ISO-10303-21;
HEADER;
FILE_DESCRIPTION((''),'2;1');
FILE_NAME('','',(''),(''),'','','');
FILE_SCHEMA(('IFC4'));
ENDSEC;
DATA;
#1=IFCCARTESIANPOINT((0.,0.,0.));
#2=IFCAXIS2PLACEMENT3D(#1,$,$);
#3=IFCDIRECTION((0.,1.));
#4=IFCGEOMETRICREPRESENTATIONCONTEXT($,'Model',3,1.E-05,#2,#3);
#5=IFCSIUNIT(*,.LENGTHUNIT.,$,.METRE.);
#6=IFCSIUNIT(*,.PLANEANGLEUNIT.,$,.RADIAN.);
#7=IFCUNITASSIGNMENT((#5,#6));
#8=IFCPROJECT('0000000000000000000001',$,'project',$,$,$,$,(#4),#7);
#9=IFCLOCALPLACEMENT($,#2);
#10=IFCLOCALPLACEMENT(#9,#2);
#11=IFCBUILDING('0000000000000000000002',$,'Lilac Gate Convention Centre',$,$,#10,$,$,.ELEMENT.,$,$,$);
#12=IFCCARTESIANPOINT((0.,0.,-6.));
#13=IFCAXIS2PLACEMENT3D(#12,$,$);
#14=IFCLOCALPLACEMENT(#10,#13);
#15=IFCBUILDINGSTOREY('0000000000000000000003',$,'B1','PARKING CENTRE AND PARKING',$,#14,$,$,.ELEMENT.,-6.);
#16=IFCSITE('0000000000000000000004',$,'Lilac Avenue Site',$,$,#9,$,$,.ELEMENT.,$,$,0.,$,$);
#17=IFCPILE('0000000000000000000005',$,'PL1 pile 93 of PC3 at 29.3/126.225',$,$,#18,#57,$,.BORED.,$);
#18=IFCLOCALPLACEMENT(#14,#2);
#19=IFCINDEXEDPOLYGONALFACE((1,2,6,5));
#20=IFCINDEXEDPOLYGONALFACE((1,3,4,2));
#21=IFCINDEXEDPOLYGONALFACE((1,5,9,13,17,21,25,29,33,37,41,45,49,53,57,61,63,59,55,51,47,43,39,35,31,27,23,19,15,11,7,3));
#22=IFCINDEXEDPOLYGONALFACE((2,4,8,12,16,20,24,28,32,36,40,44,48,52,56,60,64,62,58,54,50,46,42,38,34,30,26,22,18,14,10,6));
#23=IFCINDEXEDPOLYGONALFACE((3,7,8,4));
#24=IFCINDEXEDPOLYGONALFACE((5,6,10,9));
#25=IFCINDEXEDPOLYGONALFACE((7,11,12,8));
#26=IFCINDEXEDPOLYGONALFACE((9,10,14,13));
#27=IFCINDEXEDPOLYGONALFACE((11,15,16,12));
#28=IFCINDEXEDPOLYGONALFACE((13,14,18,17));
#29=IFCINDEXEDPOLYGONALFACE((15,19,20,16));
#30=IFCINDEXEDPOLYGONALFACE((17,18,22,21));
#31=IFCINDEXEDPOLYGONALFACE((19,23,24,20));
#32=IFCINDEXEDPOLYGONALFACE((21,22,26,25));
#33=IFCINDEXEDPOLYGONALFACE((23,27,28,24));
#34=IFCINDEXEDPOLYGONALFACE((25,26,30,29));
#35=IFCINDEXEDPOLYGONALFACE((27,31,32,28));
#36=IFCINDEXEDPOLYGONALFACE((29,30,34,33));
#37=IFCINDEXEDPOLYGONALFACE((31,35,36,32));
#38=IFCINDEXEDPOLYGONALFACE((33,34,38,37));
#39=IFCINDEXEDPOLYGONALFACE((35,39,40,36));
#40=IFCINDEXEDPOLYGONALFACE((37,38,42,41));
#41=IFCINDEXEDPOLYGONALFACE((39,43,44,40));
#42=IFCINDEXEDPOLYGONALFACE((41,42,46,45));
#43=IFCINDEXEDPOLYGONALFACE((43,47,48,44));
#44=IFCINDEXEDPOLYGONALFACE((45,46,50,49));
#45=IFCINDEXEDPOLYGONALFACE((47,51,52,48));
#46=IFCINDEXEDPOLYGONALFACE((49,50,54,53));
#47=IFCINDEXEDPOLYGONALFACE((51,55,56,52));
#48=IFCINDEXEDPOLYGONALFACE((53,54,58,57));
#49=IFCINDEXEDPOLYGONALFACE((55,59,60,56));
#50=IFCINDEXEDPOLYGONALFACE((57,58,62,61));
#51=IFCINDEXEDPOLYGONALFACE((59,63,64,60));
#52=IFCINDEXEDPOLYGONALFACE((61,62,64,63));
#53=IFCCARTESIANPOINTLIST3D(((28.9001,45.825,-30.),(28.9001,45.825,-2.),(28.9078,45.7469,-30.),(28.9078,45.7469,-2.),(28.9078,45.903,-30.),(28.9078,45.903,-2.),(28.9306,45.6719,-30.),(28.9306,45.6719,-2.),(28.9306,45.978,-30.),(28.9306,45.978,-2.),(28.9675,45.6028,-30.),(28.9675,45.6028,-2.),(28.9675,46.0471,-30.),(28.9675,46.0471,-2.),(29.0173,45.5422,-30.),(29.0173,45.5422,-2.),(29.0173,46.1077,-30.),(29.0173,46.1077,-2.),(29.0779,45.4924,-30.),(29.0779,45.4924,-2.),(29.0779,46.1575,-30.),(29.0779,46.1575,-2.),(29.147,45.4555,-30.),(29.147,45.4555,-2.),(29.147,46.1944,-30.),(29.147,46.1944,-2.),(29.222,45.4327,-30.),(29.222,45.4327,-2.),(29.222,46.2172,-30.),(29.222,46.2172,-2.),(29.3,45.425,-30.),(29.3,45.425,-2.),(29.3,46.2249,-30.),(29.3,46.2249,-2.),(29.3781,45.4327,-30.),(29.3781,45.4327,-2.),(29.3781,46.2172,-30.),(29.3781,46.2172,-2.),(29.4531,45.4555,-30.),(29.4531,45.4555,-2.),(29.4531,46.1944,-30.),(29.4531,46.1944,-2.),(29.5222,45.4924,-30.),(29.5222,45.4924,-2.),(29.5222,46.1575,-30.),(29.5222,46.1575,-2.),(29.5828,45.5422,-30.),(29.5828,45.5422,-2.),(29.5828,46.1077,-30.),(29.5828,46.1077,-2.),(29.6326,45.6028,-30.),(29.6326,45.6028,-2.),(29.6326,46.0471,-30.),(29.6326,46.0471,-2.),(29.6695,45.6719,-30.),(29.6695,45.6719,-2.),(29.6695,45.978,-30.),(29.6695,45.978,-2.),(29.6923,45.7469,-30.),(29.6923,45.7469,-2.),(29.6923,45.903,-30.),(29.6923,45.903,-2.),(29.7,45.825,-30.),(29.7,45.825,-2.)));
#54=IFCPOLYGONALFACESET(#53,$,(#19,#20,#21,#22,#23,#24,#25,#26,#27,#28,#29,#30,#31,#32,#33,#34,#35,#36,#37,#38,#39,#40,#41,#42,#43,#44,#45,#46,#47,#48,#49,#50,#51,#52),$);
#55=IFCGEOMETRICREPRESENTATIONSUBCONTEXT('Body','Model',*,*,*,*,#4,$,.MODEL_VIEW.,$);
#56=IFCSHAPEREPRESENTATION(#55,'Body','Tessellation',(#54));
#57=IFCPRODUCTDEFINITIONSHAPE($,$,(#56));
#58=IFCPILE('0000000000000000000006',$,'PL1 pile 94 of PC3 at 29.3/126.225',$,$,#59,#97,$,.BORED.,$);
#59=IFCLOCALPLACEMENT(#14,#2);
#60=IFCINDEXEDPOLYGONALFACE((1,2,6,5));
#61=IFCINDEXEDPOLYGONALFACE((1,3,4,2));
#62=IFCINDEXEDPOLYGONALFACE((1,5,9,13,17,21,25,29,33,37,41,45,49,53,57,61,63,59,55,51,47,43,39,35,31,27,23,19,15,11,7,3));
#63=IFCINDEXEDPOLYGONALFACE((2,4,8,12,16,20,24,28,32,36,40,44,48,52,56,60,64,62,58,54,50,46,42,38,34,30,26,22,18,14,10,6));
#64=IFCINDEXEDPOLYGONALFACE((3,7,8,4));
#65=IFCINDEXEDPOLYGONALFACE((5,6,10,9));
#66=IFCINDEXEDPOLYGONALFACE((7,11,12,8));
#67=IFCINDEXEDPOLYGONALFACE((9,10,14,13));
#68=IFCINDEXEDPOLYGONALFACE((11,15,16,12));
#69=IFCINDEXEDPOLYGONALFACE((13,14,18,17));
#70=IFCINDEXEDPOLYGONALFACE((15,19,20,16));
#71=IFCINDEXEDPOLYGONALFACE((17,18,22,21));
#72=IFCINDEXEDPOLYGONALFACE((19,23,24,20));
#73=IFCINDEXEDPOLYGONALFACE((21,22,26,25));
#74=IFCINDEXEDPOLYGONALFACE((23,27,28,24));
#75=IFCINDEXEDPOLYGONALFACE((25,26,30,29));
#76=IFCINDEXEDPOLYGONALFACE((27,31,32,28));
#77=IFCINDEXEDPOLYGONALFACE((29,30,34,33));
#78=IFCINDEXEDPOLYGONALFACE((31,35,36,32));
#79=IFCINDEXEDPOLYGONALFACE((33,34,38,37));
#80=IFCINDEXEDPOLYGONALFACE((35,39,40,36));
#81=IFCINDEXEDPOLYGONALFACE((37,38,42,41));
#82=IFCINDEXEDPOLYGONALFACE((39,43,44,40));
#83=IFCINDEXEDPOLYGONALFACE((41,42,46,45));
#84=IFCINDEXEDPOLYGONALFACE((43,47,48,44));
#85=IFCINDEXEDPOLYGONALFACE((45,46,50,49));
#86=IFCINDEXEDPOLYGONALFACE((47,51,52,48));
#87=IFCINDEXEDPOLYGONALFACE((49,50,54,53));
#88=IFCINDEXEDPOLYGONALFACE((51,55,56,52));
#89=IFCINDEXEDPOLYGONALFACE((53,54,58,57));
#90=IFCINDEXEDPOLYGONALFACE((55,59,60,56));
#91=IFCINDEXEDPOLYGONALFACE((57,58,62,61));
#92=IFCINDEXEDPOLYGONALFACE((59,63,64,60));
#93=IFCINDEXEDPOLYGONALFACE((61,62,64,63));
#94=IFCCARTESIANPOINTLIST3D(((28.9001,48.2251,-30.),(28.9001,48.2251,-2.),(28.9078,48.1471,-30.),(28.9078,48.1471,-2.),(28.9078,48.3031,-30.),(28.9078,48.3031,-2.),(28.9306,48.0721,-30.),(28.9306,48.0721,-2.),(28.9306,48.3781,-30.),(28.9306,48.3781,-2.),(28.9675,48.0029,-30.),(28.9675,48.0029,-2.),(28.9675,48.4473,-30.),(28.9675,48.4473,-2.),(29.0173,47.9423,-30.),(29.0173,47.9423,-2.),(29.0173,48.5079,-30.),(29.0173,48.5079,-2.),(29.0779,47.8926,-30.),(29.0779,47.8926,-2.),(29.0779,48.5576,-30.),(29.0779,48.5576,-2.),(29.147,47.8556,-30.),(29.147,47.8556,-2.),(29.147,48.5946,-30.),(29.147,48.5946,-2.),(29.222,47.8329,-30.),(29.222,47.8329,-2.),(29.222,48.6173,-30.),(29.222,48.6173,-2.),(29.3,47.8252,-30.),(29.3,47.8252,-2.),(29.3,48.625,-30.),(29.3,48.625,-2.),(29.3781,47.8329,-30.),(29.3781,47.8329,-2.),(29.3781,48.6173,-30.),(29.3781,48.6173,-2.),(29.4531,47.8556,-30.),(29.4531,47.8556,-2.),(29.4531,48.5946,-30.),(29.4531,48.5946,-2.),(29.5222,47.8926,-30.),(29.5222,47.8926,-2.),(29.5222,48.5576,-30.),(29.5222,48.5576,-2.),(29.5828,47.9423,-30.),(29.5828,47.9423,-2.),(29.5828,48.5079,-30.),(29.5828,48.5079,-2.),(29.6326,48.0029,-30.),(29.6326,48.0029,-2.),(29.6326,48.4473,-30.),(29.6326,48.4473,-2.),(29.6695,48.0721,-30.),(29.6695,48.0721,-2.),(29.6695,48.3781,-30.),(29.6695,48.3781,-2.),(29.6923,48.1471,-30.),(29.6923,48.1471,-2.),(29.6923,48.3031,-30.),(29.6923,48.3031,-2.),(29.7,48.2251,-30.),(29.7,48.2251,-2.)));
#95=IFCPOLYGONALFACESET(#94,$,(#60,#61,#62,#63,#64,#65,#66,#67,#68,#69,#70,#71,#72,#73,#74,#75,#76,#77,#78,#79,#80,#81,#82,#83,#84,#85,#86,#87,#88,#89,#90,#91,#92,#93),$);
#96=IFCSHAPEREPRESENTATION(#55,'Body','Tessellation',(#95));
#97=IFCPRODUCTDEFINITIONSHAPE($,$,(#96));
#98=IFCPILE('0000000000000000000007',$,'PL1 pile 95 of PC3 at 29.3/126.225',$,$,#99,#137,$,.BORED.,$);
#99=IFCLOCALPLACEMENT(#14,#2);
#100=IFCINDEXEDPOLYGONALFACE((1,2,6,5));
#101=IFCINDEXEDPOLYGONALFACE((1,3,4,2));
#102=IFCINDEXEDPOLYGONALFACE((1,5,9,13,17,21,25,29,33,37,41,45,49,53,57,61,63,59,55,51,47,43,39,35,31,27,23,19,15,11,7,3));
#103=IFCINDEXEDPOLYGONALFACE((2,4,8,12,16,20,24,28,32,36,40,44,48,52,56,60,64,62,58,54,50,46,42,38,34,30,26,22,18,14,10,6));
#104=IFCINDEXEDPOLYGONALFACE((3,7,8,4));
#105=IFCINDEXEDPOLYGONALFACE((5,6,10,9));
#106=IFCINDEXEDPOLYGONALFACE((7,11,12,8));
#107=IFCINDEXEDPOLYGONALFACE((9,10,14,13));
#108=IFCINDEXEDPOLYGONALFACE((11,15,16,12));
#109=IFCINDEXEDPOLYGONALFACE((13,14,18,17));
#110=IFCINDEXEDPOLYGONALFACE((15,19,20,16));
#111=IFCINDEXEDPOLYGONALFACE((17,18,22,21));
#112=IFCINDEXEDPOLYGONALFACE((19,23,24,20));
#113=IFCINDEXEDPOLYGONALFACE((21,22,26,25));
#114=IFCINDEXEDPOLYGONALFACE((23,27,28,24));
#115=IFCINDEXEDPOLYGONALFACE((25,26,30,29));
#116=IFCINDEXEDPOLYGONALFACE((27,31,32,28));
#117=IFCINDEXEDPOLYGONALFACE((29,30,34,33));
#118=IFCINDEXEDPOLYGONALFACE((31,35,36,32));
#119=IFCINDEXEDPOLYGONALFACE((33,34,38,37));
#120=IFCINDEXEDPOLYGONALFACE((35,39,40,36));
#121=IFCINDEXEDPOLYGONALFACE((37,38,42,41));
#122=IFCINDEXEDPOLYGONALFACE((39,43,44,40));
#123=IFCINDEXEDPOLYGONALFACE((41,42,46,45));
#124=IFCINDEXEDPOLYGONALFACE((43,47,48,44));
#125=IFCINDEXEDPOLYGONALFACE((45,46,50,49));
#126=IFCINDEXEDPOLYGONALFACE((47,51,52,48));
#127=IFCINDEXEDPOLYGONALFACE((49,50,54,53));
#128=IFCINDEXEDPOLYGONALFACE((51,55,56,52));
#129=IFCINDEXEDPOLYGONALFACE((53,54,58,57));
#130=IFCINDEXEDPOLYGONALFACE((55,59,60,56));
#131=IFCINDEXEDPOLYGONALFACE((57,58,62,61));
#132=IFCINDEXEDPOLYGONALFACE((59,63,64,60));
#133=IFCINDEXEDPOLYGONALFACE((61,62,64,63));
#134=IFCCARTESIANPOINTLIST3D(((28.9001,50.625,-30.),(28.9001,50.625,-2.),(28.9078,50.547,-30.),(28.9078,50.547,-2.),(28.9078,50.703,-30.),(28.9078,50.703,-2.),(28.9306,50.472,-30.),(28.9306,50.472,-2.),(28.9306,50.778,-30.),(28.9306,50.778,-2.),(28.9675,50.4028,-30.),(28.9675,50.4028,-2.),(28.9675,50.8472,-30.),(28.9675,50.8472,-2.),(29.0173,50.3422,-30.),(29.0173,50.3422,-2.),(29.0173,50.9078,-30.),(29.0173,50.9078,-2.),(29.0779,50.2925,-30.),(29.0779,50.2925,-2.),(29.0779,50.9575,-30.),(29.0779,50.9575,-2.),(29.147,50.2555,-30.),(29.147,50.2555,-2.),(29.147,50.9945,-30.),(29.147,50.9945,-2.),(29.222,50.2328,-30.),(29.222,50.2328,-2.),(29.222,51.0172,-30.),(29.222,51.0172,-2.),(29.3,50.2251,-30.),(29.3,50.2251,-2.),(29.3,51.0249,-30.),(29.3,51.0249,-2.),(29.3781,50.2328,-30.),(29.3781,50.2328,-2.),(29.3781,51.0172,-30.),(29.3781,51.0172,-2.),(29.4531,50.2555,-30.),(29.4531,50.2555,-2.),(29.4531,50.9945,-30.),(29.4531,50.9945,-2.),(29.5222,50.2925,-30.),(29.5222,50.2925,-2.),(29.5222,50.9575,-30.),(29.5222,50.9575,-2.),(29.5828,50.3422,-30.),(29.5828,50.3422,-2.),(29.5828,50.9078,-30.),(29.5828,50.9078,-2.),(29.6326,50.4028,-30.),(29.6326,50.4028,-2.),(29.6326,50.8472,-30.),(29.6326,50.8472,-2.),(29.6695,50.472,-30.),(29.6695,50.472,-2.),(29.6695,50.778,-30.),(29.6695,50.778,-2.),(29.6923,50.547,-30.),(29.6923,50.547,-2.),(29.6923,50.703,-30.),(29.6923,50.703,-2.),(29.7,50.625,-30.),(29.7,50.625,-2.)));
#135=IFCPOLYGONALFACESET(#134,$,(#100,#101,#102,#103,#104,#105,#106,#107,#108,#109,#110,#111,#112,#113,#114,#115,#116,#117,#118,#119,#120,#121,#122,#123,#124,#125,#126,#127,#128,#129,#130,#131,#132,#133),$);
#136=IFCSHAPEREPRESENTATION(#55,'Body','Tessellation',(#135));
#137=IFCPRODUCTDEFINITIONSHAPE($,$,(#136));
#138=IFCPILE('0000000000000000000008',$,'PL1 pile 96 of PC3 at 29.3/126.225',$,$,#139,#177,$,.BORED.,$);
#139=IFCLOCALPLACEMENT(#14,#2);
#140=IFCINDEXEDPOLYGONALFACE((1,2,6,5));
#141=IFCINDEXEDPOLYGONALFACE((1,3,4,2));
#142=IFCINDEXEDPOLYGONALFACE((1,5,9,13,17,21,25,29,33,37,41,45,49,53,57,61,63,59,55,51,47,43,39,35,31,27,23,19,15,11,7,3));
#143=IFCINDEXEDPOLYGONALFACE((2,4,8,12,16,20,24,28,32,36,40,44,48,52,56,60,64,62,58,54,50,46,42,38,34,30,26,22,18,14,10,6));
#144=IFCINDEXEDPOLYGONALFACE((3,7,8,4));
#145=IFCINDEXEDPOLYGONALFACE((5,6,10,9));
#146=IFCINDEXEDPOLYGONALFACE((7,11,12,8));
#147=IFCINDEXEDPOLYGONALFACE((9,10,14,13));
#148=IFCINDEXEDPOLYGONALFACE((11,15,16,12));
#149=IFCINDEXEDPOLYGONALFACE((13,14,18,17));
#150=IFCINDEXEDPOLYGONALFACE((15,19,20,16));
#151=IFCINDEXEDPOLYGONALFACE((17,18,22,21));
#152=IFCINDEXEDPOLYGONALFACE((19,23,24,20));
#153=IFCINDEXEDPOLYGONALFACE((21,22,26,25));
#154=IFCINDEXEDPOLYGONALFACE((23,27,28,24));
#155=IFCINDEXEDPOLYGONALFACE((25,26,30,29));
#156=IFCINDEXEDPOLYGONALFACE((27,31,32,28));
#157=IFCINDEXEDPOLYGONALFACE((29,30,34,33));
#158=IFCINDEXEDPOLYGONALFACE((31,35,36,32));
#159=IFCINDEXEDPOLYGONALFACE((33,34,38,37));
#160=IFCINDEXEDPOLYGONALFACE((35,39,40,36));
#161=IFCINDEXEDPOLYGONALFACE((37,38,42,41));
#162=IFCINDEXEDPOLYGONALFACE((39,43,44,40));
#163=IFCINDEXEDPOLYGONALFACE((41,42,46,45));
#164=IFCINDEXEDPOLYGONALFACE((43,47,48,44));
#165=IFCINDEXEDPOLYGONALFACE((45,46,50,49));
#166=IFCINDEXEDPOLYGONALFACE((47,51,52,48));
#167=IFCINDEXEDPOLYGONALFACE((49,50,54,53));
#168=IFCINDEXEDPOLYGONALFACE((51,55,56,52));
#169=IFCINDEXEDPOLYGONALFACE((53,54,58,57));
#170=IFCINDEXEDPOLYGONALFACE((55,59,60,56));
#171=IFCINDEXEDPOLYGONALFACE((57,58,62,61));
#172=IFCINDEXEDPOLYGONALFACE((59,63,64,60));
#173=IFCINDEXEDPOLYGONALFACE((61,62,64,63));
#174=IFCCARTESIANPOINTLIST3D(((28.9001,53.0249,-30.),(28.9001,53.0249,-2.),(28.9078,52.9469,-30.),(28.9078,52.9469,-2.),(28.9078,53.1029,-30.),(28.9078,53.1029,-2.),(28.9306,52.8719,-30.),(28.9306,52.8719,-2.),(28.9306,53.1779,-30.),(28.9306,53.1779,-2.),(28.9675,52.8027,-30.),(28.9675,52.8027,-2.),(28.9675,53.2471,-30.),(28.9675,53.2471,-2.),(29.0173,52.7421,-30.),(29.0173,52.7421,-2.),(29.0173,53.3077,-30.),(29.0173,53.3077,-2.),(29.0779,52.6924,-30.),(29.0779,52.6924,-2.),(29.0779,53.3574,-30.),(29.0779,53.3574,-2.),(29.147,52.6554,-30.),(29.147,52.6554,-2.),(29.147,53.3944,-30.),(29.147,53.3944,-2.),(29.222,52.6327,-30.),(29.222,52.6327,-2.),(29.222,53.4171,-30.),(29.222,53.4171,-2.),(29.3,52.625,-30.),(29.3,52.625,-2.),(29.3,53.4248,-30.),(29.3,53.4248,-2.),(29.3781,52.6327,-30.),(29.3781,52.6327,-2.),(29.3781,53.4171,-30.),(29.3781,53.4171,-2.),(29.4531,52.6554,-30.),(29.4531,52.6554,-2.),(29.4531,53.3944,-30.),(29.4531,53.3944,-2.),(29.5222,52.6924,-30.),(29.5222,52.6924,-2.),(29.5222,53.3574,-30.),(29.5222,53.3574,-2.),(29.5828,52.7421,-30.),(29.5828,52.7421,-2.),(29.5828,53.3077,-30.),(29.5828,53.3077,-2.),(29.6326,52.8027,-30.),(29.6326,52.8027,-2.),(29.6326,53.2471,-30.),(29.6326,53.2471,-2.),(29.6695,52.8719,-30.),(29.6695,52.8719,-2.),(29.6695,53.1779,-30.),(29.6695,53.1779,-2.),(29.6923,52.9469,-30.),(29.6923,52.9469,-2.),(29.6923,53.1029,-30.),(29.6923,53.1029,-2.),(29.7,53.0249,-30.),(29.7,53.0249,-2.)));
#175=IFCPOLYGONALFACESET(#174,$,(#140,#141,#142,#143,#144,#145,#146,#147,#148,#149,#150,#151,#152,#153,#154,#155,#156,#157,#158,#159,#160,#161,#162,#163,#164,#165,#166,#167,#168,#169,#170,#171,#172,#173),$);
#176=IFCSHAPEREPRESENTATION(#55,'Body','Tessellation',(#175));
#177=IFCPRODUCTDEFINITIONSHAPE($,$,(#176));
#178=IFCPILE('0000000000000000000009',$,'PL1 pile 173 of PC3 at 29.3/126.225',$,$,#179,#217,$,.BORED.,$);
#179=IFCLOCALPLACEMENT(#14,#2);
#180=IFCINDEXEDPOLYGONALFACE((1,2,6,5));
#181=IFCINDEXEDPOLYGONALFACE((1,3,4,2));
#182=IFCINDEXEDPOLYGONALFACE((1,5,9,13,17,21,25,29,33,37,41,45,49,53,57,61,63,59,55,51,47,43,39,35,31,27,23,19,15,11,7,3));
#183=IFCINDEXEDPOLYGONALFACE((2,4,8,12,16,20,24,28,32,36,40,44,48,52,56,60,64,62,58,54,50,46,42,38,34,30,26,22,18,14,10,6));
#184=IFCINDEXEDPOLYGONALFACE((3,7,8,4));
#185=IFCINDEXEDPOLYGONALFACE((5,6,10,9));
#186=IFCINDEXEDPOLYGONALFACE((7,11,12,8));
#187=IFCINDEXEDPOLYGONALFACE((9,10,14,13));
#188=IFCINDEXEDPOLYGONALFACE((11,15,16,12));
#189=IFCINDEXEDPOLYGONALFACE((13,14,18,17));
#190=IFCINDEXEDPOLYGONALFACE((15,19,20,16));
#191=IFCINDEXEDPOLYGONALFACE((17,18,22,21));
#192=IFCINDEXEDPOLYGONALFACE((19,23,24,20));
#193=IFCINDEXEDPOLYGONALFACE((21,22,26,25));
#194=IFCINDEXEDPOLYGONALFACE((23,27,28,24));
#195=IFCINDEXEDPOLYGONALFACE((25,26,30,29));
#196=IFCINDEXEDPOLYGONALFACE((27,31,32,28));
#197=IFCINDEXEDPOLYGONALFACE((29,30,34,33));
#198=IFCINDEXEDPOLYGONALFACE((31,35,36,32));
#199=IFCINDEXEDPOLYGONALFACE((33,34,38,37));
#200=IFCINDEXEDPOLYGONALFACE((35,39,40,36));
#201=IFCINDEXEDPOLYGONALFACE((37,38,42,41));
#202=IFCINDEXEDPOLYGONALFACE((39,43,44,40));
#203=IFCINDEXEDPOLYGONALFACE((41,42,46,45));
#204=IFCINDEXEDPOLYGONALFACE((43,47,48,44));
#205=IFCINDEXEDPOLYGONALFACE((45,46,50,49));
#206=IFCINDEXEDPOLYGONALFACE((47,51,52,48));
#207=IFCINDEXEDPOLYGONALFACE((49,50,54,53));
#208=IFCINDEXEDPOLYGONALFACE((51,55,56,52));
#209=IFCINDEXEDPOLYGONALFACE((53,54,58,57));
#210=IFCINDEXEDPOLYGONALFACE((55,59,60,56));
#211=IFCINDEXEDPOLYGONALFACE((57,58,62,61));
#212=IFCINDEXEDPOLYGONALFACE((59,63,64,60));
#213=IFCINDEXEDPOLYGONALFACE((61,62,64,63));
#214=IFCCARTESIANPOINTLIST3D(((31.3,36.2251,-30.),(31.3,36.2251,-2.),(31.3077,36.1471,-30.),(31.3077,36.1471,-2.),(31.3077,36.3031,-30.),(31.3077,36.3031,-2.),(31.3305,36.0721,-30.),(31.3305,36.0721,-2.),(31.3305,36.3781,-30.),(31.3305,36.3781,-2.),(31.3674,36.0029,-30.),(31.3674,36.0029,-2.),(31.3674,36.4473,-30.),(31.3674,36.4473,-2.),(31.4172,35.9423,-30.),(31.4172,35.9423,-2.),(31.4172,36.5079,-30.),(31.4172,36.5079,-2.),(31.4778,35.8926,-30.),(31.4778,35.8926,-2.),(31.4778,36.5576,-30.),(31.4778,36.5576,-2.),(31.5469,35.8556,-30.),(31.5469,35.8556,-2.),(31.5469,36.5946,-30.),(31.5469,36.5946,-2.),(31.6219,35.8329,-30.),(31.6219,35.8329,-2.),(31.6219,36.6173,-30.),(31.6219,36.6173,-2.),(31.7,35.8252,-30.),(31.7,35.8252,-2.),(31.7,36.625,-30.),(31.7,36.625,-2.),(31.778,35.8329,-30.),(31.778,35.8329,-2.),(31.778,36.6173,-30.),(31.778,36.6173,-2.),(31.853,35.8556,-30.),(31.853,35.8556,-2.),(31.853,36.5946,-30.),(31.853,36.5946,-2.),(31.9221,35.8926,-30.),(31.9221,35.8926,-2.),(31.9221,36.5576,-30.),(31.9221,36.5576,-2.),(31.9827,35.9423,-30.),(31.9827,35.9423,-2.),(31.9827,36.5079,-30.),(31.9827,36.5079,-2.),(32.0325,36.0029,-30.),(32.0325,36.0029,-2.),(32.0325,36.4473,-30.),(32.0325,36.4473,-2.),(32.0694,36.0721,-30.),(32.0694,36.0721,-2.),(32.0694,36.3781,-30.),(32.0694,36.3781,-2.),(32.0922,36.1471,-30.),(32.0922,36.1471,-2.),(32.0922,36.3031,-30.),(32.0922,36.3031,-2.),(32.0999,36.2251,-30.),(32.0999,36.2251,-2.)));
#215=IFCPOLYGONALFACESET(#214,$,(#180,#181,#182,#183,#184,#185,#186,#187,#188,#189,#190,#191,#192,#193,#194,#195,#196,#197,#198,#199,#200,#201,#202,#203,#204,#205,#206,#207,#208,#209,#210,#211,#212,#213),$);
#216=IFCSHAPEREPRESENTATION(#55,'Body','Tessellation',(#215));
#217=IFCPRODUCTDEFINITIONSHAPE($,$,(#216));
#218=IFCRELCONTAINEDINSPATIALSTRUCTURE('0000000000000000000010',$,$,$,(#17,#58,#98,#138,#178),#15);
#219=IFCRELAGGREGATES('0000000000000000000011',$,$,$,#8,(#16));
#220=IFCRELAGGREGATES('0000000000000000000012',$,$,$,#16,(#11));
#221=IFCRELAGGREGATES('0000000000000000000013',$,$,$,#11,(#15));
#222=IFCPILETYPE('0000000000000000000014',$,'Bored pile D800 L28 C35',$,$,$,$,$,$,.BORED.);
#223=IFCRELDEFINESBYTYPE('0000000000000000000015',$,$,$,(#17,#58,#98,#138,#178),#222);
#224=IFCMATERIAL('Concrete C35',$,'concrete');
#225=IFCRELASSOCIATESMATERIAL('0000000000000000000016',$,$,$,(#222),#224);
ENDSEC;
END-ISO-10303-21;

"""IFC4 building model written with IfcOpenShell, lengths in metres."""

from ifc_helpers import new_model, si_unit, direction, frame, origin, origin_2d, place, context, subcontext, project, spatial, circle, extrude, material, material_profile, profile_set, type_object, element, save


model = new_model("IFC4")

# Units and contexts
model_context = context("Model", 3, precision=1e-05, world=origin(), true_north=direction((0.0, 1.0)))
body_context = subcontext(model_context, "Body", "Model", "MODEL_VIEW")
ifc_project = project(units=[si_unit("LENGTHUNIT", "METRE"), si_unit("PLANEANGLEUNIT", "RADIAN")], contexts=[model_context])

# Site, building, storey
site_placement = place(None, origin())
site = spatial("IfcSite", under=ifc_project, at=site_placement, Name="Lilac Avenue Site", CompositionType="ELEMENT", RefElevation=0.0)
building_placement = place(site_placement, origin())
building = spatial("IfcBuilding", under=site, at=building_placement, Name="Lilac Gate Convention Centre", CompositionType="ELEMENT")
storey_placement = place(building_placement, frame((0.0, 0.0, -6.0)))
storey = spatial("IfcBuildingStorey", under=building, at=storey_placement, Name="B1", Description="PARKING CENTRE AND PARKING", CompositionType="ELEMENT", Elevation=-6.0)

# Piles
ifc_material_1 = material(Name="Concrete C35", Category="concrete")
ifc_material_profile_1 = material_profile(ifc_material_1, circle(Radius=0.3999, at=origin_2d()), Name="D800")
ifc_profile_set_1 = profile_set([ifc_material_profile_1], Name="Concrete C35")
pile_type = type_object("IfcPileType", Name="Bored pile D800 L28 C35", PredefinedType="BORED", material=ifc_profile_set_1)
for number, where, z_axis, x_axis, name in (
    (1, (29.3, 45.825, -2.0), (0.0, 0.0, -1.0), (1.0, 0.0, 0.0), "PL1 pile 93 of PC3 at 29.3/126.225"),
    (2, (29.3, 48.2251, -2.0), (0.0, 0.0, -1.0), (1.0, 0.0, 0.0), "PL1 pile 94 of PC3 at 29.3/126.225"),
    (3, (29.3, 50.625, -2.0), (0.0, 0.0, -1.0), (1.0, 0.0, 0.0), "PL1 pile 95 of PC3 at 29.3/126.225"),
    (4, (29.3, 53.0249, -2.0), (0.0, 0.0, -1.0), (1.0, 0.0, 0.0), "PL1 pile 96 of PC3 at 29.3/126.225"),
    (5, (31.7, 36.2251, -2.0), (0.0, 0.0, -1.0), (1.0, 0.0, 0.0), "PL1 pile 173 of PC3 at 29.3/126.225"),
):
    element("IfcPile", number, at=place(storey_placement, frame(where, z_axis=z_axis, x_axis=x_axis)), inside=storey, type_object=pile_type, Name=name, PredefinedType="BORED", context=body_context, shape_type="SweptSolid", body=[
        extrude(circle(Radius=0.3999, at=origin_2d()), origin(), (0.0, 0.0, 1.0), 28.0),
    ])

save(model, "model.ifc")
